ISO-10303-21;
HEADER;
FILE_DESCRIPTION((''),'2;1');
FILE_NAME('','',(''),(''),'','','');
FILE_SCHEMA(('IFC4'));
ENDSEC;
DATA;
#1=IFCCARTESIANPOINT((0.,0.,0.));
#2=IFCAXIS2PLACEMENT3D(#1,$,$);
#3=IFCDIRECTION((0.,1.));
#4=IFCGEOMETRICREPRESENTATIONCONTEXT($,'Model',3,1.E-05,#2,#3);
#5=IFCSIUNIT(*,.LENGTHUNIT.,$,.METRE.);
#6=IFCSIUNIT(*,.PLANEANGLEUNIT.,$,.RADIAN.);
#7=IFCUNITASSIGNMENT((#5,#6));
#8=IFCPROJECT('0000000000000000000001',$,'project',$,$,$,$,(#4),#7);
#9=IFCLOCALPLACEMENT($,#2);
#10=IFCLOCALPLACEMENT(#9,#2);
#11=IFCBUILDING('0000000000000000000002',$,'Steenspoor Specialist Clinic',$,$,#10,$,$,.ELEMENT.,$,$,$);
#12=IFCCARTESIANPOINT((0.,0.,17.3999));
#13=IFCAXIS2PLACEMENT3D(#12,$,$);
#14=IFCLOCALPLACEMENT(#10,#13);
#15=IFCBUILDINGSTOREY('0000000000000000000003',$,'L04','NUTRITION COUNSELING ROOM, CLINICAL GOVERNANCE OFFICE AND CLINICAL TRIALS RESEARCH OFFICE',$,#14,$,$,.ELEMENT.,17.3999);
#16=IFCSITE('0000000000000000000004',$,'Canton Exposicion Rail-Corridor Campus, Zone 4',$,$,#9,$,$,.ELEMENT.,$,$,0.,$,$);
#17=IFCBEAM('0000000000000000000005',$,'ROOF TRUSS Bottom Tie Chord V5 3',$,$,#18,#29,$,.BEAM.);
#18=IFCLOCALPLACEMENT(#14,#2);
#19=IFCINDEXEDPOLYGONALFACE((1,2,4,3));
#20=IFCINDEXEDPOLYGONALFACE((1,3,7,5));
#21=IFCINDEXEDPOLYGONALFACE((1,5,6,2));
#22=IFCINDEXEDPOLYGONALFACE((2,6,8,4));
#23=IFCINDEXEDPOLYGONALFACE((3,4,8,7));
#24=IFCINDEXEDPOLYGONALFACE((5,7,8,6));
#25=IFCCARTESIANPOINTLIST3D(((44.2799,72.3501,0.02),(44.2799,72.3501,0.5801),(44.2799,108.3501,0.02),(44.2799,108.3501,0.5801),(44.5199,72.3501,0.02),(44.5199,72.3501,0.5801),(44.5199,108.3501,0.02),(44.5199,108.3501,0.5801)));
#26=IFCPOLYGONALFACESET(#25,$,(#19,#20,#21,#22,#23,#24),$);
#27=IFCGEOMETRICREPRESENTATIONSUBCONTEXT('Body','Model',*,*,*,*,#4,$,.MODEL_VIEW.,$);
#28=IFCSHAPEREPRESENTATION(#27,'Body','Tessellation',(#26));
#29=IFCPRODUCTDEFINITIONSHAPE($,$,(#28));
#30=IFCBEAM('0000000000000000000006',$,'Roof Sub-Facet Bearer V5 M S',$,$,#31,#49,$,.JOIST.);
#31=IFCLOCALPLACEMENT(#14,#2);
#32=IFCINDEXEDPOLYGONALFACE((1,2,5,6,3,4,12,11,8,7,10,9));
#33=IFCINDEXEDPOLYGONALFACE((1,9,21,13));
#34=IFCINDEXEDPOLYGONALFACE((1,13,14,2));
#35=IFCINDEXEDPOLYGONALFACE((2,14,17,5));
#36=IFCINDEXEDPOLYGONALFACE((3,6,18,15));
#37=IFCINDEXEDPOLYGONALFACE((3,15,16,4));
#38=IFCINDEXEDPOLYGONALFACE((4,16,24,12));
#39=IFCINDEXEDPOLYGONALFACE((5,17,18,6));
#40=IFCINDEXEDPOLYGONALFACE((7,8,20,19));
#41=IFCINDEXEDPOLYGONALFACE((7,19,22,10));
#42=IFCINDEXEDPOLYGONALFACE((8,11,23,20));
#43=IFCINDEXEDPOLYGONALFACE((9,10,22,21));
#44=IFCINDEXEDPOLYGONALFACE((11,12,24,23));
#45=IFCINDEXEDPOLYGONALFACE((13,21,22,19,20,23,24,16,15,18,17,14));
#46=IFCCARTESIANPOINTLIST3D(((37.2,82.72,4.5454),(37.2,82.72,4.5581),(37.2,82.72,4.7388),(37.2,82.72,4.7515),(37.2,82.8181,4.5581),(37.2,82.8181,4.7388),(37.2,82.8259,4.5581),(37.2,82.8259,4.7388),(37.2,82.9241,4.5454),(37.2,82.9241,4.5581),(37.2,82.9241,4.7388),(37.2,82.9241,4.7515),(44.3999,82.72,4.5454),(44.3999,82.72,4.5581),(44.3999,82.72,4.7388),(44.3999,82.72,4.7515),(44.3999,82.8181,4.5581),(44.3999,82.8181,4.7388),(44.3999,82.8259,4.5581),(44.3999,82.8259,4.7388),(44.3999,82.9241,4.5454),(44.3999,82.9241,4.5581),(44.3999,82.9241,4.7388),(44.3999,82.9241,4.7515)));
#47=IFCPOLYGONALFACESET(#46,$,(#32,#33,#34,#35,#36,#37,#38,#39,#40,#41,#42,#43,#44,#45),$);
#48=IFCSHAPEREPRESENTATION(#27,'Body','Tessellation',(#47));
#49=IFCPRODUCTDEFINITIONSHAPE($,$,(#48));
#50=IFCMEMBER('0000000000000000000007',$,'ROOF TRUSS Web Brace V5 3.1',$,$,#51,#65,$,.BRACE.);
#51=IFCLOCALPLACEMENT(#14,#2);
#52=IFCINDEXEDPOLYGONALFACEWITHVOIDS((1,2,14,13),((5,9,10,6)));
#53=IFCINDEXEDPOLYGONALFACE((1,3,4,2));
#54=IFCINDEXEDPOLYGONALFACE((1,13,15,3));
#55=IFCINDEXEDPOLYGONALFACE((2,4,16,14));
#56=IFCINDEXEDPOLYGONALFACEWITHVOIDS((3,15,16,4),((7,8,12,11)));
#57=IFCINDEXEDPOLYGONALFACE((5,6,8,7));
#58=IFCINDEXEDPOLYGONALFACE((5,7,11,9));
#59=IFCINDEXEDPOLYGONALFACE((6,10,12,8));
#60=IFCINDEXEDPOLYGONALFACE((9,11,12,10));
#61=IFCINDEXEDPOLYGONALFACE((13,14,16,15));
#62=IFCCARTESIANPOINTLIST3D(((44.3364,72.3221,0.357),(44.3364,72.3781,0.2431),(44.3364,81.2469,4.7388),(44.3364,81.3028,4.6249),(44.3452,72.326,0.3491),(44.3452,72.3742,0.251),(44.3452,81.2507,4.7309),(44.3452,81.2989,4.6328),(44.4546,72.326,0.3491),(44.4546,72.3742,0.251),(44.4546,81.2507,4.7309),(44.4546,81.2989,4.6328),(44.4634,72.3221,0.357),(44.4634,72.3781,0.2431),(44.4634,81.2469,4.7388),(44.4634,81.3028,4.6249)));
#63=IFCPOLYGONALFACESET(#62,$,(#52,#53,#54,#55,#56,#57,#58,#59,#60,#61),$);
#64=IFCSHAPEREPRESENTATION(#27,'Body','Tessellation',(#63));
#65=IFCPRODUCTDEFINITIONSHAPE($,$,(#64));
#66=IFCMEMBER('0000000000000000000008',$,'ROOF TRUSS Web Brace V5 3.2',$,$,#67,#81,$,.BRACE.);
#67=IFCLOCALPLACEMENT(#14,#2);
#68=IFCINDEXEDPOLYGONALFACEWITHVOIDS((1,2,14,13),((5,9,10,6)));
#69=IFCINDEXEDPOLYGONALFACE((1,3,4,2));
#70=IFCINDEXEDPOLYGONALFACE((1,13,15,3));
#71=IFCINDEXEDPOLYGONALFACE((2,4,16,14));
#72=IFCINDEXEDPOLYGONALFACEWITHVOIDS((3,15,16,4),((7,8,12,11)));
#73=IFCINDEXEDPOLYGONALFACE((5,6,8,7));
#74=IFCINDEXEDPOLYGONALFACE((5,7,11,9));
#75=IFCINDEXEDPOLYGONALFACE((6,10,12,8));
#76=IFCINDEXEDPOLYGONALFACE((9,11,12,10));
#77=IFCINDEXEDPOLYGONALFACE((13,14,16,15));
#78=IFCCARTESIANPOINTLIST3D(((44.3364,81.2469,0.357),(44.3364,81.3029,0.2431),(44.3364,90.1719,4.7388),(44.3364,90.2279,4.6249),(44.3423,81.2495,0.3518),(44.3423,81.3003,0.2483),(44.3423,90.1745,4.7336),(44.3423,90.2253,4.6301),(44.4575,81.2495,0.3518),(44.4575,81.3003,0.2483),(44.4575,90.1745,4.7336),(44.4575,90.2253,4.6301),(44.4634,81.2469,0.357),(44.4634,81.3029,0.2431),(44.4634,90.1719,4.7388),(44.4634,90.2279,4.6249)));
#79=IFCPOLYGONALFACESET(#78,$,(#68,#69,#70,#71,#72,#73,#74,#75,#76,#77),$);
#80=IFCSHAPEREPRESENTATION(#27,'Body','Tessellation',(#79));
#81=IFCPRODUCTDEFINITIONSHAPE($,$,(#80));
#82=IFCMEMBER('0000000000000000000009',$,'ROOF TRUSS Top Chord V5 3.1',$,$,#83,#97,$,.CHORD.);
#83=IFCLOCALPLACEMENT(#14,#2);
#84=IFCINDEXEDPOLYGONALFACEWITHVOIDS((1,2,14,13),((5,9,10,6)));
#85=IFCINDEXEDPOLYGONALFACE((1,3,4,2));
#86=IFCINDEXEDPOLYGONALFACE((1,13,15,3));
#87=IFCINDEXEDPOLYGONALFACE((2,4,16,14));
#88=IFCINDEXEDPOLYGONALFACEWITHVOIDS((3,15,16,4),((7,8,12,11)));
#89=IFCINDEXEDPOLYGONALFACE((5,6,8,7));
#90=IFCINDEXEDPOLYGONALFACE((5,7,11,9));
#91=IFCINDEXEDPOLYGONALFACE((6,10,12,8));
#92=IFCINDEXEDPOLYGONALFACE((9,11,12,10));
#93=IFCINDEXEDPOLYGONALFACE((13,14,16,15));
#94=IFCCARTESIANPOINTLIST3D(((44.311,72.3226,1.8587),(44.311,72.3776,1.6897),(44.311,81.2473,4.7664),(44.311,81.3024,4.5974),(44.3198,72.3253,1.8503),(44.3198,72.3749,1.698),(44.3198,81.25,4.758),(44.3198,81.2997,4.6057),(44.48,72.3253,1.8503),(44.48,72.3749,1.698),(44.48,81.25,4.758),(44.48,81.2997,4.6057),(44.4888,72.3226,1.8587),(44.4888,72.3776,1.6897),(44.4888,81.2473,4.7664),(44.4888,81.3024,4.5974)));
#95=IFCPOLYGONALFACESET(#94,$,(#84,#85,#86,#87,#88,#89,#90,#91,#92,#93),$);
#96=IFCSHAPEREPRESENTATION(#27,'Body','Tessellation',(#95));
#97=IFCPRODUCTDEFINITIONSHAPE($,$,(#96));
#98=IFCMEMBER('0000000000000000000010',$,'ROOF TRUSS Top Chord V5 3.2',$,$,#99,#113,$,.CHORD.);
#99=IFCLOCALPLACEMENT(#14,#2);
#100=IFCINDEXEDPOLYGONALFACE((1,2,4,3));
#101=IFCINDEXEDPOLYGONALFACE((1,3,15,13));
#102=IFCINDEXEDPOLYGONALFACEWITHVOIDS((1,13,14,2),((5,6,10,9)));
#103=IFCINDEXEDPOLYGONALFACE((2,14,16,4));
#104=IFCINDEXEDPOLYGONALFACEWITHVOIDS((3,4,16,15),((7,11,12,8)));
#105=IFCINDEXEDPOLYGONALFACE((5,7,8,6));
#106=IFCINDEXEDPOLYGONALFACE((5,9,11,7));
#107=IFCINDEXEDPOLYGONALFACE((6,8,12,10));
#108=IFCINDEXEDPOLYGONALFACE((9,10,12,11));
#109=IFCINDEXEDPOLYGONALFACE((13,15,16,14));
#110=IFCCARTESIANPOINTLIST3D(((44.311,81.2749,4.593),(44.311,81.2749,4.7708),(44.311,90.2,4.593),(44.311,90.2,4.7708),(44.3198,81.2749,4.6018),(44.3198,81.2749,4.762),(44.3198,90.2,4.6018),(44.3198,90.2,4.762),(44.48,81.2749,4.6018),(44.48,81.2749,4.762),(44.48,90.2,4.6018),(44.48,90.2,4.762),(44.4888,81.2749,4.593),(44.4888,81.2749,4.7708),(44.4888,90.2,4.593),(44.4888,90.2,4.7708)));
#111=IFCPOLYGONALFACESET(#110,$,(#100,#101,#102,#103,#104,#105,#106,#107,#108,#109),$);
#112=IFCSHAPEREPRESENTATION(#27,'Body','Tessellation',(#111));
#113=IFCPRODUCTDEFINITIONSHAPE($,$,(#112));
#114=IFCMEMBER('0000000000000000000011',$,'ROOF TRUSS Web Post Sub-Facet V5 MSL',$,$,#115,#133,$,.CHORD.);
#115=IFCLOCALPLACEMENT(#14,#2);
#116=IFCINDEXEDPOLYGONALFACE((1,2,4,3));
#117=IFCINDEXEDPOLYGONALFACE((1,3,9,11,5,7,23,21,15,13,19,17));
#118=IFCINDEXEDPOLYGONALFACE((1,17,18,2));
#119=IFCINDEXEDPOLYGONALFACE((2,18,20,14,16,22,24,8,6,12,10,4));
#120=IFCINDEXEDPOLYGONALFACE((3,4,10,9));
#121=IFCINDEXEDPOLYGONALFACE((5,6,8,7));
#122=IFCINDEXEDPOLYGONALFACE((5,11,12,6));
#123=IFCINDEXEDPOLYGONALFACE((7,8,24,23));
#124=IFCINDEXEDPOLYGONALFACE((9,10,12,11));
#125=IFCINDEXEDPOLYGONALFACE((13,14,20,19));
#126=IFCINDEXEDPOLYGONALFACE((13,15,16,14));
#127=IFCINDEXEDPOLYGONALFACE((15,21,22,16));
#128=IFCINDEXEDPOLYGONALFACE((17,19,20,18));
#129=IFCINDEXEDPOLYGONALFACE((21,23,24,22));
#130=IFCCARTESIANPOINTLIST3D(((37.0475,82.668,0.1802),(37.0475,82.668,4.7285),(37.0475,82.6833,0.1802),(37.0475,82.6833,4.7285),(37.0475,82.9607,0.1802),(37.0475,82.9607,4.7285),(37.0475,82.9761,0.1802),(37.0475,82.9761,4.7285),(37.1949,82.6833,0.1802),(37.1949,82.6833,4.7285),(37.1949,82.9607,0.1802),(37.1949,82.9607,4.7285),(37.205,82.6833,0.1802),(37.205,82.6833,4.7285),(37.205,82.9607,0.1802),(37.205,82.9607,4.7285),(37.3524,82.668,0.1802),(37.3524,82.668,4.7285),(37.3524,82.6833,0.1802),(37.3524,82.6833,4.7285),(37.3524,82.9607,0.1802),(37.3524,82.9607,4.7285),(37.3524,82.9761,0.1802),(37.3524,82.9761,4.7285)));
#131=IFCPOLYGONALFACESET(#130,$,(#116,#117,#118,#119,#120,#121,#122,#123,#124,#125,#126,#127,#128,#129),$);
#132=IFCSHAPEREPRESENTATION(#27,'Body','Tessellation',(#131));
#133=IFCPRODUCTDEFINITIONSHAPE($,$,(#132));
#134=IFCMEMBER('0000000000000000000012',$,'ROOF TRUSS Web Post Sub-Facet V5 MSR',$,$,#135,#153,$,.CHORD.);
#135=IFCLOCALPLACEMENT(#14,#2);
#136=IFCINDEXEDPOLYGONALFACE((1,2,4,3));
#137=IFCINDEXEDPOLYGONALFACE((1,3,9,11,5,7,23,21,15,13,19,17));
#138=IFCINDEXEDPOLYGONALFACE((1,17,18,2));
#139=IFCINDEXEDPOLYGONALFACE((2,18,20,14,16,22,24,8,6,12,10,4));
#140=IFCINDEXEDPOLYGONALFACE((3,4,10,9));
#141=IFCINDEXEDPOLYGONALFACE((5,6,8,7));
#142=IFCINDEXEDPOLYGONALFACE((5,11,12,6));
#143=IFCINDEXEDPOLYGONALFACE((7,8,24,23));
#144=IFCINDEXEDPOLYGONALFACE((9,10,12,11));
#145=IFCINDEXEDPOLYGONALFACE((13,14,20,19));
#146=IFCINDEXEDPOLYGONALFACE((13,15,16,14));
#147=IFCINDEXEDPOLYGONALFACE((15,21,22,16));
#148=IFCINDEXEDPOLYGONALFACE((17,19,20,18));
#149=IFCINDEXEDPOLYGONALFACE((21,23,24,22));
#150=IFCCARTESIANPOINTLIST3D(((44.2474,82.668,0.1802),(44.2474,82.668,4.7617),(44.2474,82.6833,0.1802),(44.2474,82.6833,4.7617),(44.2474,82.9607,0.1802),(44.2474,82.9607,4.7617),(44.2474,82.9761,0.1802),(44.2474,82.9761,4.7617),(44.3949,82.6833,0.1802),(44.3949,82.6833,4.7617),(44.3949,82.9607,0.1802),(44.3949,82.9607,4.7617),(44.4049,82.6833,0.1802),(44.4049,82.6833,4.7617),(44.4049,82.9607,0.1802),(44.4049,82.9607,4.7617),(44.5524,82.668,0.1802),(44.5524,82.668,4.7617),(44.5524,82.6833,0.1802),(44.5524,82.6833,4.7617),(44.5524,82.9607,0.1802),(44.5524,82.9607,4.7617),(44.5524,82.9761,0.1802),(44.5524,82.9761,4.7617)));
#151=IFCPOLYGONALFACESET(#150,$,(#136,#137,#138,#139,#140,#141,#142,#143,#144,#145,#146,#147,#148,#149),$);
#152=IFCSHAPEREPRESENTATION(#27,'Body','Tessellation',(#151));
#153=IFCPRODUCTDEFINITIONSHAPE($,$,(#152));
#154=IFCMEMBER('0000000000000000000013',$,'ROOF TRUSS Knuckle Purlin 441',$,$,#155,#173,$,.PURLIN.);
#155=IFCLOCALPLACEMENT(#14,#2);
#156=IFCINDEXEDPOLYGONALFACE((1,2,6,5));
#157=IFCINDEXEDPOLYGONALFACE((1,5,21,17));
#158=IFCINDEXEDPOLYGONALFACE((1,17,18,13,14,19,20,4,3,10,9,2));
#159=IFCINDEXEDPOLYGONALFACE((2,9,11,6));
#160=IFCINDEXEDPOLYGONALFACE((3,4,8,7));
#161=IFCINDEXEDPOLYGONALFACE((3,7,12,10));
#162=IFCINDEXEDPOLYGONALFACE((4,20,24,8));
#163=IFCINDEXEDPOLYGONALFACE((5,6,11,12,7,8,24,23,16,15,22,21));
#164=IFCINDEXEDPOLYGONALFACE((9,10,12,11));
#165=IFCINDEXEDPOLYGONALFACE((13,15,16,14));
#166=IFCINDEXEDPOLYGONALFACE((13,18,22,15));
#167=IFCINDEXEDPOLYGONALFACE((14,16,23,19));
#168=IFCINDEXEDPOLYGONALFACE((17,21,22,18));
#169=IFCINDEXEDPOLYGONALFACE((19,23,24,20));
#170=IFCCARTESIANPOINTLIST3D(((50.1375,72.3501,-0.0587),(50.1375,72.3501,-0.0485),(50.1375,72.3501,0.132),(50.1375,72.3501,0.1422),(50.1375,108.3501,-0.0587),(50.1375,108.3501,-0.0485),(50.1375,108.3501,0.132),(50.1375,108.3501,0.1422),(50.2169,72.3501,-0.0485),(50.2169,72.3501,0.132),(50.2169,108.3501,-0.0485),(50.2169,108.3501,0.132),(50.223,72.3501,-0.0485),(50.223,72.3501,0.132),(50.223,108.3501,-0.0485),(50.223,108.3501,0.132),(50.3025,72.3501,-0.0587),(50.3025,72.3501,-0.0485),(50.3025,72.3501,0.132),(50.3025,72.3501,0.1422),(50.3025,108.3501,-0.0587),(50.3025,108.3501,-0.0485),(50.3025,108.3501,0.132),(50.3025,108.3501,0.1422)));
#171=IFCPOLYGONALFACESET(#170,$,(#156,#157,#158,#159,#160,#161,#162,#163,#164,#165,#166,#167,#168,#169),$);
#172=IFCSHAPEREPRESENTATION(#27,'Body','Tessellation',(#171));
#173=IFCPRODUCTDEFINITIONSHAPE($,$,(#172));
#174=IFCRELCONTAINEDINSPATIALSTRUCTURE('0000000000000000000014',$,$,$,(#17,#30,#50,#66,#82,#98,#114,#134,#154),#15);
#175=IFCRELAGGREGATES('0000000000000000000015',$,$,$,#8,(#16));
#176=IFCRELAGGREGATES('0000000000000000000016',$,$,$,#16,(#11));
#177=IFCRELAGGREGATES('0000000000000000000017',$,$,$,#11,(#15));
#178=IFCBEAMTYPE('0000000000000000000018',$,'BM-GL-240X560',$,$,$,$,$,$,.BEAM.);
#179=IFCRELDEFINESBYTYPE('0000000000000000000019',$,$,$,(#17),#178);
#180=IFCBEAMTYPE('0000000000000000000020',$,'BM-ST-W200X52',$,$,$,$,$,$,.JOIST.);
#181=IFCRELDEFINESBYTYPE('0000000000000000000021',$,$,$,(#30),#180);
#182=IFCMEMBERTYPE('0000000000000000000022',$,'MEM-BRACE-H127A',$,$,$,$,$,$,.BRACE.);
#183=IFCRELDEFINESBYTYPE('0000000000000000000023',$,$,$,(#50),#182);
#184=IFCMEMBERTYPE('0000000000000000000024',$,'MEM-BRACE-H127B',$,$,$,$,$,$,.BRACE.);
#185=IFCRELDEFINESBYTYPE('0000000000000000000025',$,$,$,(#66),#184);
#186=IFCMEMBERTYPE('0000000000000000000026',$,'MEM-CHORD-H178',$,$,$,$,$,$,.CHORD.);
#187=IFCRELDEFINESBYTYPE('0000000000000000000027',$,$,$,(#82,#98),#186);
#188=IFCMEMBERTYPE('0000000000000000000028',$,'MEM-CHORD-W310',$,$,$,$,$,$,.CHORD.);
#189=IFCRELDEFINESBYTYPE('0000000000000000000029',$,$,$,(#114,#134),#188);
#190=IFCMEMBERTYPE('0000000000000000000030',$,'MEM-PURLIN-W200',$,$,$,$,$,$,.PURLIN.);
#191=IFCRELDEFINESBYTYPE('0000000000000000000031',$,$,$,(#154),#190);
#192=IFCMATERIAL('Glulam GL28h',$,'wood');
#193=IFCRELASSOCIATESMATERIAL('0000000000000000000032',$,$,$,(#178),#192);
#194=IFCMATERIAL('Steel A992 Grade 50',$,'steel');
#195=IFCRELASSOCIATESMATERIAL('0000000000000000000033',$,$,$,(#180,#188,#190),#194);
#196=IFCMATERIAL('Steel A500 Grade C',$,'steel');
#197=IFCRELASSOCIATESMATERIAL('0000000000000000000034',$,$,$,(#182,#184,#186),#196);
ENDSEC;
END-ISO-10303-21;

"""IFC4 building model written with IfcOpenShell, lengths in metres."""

from ifc_helpers import new_model, si_unit, direction, frame, origin, origin_2d, place, context, subcontext, project, spatial, rectangle, hollow_rectangle, i_section, extrude, material, material_profile, profile_set, type_object, element, save


model = new_model("IFC4")

# Units and contexts
model_context = context("Model", 3, precision=1e-05, world=origin(), true_north=direction((0.0, 1.0)))
body_context = subcontext(model_context, "Body", "Model", "MODEL_VIEW")
ifc_project = project(units=[si_unit("LENGTHUNIT", "METRE"), si_unit("PLANEANGLEUNIT", "RADIAN")], contexts=[model_context])

# Site, building, storey
site_placement = place(None, origin())
site = spatial("IfcSite", under=ifc_project, at=site_placement, Name="Canton Exposicion Rail-Corridor Campus, Zone 4", CompositionType="ELEMENT", RefElevation=0.0)
building_placement = place(site_placement, origin())
building = spatial("IfcBuilding", under=site, at=building_placement, Name="Steenspoor Specialist Clinic", CompositionType="ELEMENT")
storey_placement = place(building_placement, frame((0.0, 0.0, 17.3999)))
storey = spatial("IfcBuildingStorey", under=building, at=storey_placement, Name="L04", Description="NUTRITION COUNSELING ROOM, CLINICAL GOVERNANCE OFFICE AND CLINICAL TRIALS RESEARCH OFFICE", CompositionType="ELEMENT", Elevation=17.3999)

# Beams
ifc_material_1 = material(Name="Glulam GL28h", Category="wood")
ifc_material_profile_1 = material_profile(ifc_material_1, rectangle(XDim=0.24, YDim=0.5601, at=origin_2d()), Name="GL28H-240X560")
ifc_profile_set_1 = profile_set([ifc_material_profile_1], Name="Glulam GL28h")
beam_type_1 = type_object("IfcBeamType", Name="BM-GL-240X560", PredefinedType="BEAM", material=ifc_profile_set_1)
beam_1_placement = place(storey_placement, frame((44.3999, 72.3501, 0.3), z_axis=(0.0, 1.0, 0.0), x_axis=(-1.0, 0.0, 0.0)))
element("IfcBeam", 1, at=beam_1_placement, inside=storey, type_object=beam_type_1, Name="ROOF TRUSS Bottom Tie Chord V5 3", PredefinedType="BEAM", context=body_context, shape_type="SweptSolid", body=[
    extrude(rectangle(XDim=0.24, YDim=0.5601, at=origin_2d()), origin(), (0.0, 0.0, 1.0), 36.0),
])
ifc_material_2 = material(Name="Steel A992 Grade 50", Category="steel")
ifc_material_profile_2 = material_profile(ifc_material_2, i_section(OverallWidth=0.2041, OverallDepth=0.2061, WebThickness=0.0078, FlangeThickness=0.0127, at=origin_2d()), Name="W200X52")
ifc_profile_set_2 = profile_set([ifc_material_profile_2], Name="Steel A992 Grade 50")
beam_type_2 = type_object("IfcBeamType", Name="BM-ST-W200X52", PredefinedType="JOIST", material=ifc_profile_set_2)
beam_2_placement = place(storey_placement, frame((37.2, 82.822, 4.6484), z_axis=(1.0, 0.0, 0.0), x_axis=(0.0, 1.0, 0.0)))
element("IfcBeam", 2, at=beam_2_placement, inside=storey, type_object=beam_type_2, Name="Roof Sub-Facet Bearer V5 M S", PredefinedType="JOIST", context=body_context, shape_type="SweptSolid", body=[
    extrude(i_section(OverallWidth=0.2041, OverallDepth=0.2061, WebThickness=0.0078, FlangeThickness=0.0127, at=origin_2d()), origin(), (0.0, 0.0, 1.0), 7.2),
])

# Members
ifc_material_3 = material(Name="Steel A500 Grade C", Category="steel")
ifc_material_profile_3 = material_profile(ifc_material_3, hollow_rectangle(XDim=0.127, YDim=0.127, WallThickness=0.0088, at=origin_2d()), Name="HSS127X127X9.5")
ifc_profile_set_3 = profile_set([ifc_material_profile_3], Name="Steel A500 Grade C")
member_type_1 = type_object("IfcMemberType", Name="MEM-BRACE-H127A", PredefinedType="BRACE", material=ifc_profile_set_3)
member_1_placement = place(storey_placement, frame((44.3999, 72.3501, 0.3), z_axis=(0.0, 0.897645, 0.440719), x_axis=(-1.0, 0.0, 0.0)))
element("IfcMember", 3, at=member_1_placement, inside=storey, type_object=member_type_1, Name="ROOF TRUSS Web Brace V5 3.1", PredefinedType="BRACE", context=body_context, shape_type="SweptSolid", body=[
    extrude(hollow_rectangle(XDim=0.127, YDim=0.127, WallThickness=0.0088, at=origin_2d()), origin(), (0.0, 0.0, 1.0), 9.9424),
])
ifc_material_profile_4 = material_profile(ifc_material_3, hollow_rectangle(XDim=0.127, YDim=0.127, WallThickness=0.0059, at=origin_2d()), Name="HSS127X127X6.4")
ifc_profile_set_4 = profile_set([ifc_material_profile_4], Name="Steel A500 Grade C")
member_type_2 = type_object("IfcMemberType", Name="MEM-BRACE-H127B", PredefinedType="BRACE", material=ifc_profile_set_4)
member_2_placement = place(storey_placement, frame((44.3999, 81.2749, 0.3), z_axis=(0.0, 0.89765, 0.44071), x_axis=(-1.0, 0.0, 0.0)))
element("IfcMember", 4, at=member_2_placement, inside=storey, type_object=member_type_2, Name="ROOF TRUSS Web Brace V5 3.2", PredefinedType="BRACE", context=body_context, shape_type="SweptSolid", body=[
    extrude(hollow_rectangle(XDim=0.127, YDim=0.127, WallThickness=0.0059, at=origin_2d()), origin(), (0.0, 0.0, 1.0), 9.9426),
])
ifc_material_profile_5 = material_profile(ifc_material_3, hollow_rectangle(XDim=0.1777, YDim=0.1777, WallThickness=0.0088, at=origin_2d()), Name="HSS178X178X9.5")
ifc_profile_set_5 = profile_set([ifc_material_profile_5], Name="Steel A500 Grade C")
member_type_3 = type_object("IfcMemberType", Name="MEM-CHORD-H178", PredefinedType="CHORD", material=ifc_profile_set_5)
member_3_placement = place(storey_placement, frame((44.3999, 72.3501, 1.7742), z_axis=(0.0, 0.95081, 0.309775), x_axis=(-1.0, 0.0, 0.0)))
element("IfcMember", 5, at=member_3_placement, inside=storey, type_object=member_type_3, Name="ROOF TRUSS Top Chord V5 3.1", PredefinedType="CHORD", context=body_context, shape_type="SweptSolid", body=[
    extrude(hollow_rectangle(XDim=0.1777, YDim=0.1777, WallThickness=0.0088, at=origin_2d()), origin(), (0.0, 0.0, 1.0), 9.3865),
])
member_4_placement = place(storey_placement, frame((44.3999, 81.2749, 4.6819), z_axis=(0.0, 1.0, 0.0), x_axis=(-1.0, 0.0, 0.0)))
element("IfcMember", 6, at=member_4_placement, inside=storey, type_object=member_type_3, Name="ROOF TRUSS Top Chord V5 3.2", PredefinedType="CHORD", context=body_context, shape_type="SweptSolid", body=[
    extrude(hollow_rectangle(XDim=0.1777, YDim=0.1777, WallThickness=0.0088, at=origin_2d()), origin(), (0.0, 0.0, 1.0), 8.925),
])
ifc_material_profile_6 = material_profile(ifc_material_2, i_section(OverallWidth=0.3049, OverallDepth=0.3081, WebThickness=0.01, FlangeThickness=0.0154, at=origin_2d()), Name="W310X97")
ifc_profile_set_6 = profile_set([ifc_material_profile_6], Name="Steel A992 Grade 50")
member_type_4 = type_object("IfcMemberType", Name="MEM-CHORD-W310", PredefinedType="CHORD", material=ifc_profile_set_6)
member_5_placement = place(storey_placement, frame((37.2, 82.822, 0.1802), z_axis=(0.0, 0.0, 1.0), x_axis=(1.0, 0.0, 0.0)))
element("IfcMember", 7, at=member_5_placement, inside=storey, type_object=member_type_4, Name="ROOF TRUSS Web Post Sub-Facet V5 MSL", PredefinedType="CHORD", context=body_context, shape_type="SweptSolid", body=[
    extrude(i_section(OverallWidth=0.3049, OverallDepth=0.3081, WebThickness=0.01, FlangeThickness=0.0154, at=origin_2d()), origin(), (0.0, 0.0, 1.0), 4.5483),
])
member_6_placement = place(storey_placement, frame((44.3999, 82.822, 0.1802), z_axis=(0.0, 0.0, 1.0), x_axis=(1.0, 0.0, 0.0)))
element("IfcMember", 8, at=member_6_placement, inside=storey, type_object=member_type_4, Name="ROOF TRUSS Web Post Sub-Facet V5 MSR", PredefinedType="CHORD", context=body_context, shape_type="SweptSolid", body=[
    extrude(i_section(OverallWidth=0.3049, OverallDepth=0.3081, WebThickness=0.01, FlangeThickness=0.0154, at=origin_2d()), origin(), (0.0, 0.0, 1.0), 4.5815),
])
ifc_material_profile_7 = material_profile(ifc_material_2, i_section(OverallWidth=0.165, OverallDepth=0.2009, WebThickness=0.0061, FlangeThickness=0.0103, at=origin_2d()), Name="W200X36")
ifc_profile_set_7 = profile_set([ifc_material_profile_7], Name="Steel A992 Grade 50")
member_type_5 = type_object("IfcMemberType", Name="MEM-PURLIN-W200", PredefinedType="PURLIN", material=ifc_profile_set_7)
member_7_placement = place(storey_placement, frame((50.22, 72.3501, 0.0417), z_axis=(0.0, 1.0, 0.0), x_axis=(-1.0, 0.0, 0.0)))
element("IfcMember", 9, at=member_7_placement, inside=storey, type_object=member_type_5, Name="ROOF TRUSS Knuckle Purlin 441", PredefinedType="PURLIN", context=body_context, shape_type="SweptSolid", body=[
    extrude(i_section(OverallWidth=0.165, OverallDepth=0.2009, WebThickness=0.0061, FlangeThickness=0.0103, at=origin_2d()), origin(), (0.0, 0.0, 1.0), 36.0),
])

save(model, "model.ifc")
